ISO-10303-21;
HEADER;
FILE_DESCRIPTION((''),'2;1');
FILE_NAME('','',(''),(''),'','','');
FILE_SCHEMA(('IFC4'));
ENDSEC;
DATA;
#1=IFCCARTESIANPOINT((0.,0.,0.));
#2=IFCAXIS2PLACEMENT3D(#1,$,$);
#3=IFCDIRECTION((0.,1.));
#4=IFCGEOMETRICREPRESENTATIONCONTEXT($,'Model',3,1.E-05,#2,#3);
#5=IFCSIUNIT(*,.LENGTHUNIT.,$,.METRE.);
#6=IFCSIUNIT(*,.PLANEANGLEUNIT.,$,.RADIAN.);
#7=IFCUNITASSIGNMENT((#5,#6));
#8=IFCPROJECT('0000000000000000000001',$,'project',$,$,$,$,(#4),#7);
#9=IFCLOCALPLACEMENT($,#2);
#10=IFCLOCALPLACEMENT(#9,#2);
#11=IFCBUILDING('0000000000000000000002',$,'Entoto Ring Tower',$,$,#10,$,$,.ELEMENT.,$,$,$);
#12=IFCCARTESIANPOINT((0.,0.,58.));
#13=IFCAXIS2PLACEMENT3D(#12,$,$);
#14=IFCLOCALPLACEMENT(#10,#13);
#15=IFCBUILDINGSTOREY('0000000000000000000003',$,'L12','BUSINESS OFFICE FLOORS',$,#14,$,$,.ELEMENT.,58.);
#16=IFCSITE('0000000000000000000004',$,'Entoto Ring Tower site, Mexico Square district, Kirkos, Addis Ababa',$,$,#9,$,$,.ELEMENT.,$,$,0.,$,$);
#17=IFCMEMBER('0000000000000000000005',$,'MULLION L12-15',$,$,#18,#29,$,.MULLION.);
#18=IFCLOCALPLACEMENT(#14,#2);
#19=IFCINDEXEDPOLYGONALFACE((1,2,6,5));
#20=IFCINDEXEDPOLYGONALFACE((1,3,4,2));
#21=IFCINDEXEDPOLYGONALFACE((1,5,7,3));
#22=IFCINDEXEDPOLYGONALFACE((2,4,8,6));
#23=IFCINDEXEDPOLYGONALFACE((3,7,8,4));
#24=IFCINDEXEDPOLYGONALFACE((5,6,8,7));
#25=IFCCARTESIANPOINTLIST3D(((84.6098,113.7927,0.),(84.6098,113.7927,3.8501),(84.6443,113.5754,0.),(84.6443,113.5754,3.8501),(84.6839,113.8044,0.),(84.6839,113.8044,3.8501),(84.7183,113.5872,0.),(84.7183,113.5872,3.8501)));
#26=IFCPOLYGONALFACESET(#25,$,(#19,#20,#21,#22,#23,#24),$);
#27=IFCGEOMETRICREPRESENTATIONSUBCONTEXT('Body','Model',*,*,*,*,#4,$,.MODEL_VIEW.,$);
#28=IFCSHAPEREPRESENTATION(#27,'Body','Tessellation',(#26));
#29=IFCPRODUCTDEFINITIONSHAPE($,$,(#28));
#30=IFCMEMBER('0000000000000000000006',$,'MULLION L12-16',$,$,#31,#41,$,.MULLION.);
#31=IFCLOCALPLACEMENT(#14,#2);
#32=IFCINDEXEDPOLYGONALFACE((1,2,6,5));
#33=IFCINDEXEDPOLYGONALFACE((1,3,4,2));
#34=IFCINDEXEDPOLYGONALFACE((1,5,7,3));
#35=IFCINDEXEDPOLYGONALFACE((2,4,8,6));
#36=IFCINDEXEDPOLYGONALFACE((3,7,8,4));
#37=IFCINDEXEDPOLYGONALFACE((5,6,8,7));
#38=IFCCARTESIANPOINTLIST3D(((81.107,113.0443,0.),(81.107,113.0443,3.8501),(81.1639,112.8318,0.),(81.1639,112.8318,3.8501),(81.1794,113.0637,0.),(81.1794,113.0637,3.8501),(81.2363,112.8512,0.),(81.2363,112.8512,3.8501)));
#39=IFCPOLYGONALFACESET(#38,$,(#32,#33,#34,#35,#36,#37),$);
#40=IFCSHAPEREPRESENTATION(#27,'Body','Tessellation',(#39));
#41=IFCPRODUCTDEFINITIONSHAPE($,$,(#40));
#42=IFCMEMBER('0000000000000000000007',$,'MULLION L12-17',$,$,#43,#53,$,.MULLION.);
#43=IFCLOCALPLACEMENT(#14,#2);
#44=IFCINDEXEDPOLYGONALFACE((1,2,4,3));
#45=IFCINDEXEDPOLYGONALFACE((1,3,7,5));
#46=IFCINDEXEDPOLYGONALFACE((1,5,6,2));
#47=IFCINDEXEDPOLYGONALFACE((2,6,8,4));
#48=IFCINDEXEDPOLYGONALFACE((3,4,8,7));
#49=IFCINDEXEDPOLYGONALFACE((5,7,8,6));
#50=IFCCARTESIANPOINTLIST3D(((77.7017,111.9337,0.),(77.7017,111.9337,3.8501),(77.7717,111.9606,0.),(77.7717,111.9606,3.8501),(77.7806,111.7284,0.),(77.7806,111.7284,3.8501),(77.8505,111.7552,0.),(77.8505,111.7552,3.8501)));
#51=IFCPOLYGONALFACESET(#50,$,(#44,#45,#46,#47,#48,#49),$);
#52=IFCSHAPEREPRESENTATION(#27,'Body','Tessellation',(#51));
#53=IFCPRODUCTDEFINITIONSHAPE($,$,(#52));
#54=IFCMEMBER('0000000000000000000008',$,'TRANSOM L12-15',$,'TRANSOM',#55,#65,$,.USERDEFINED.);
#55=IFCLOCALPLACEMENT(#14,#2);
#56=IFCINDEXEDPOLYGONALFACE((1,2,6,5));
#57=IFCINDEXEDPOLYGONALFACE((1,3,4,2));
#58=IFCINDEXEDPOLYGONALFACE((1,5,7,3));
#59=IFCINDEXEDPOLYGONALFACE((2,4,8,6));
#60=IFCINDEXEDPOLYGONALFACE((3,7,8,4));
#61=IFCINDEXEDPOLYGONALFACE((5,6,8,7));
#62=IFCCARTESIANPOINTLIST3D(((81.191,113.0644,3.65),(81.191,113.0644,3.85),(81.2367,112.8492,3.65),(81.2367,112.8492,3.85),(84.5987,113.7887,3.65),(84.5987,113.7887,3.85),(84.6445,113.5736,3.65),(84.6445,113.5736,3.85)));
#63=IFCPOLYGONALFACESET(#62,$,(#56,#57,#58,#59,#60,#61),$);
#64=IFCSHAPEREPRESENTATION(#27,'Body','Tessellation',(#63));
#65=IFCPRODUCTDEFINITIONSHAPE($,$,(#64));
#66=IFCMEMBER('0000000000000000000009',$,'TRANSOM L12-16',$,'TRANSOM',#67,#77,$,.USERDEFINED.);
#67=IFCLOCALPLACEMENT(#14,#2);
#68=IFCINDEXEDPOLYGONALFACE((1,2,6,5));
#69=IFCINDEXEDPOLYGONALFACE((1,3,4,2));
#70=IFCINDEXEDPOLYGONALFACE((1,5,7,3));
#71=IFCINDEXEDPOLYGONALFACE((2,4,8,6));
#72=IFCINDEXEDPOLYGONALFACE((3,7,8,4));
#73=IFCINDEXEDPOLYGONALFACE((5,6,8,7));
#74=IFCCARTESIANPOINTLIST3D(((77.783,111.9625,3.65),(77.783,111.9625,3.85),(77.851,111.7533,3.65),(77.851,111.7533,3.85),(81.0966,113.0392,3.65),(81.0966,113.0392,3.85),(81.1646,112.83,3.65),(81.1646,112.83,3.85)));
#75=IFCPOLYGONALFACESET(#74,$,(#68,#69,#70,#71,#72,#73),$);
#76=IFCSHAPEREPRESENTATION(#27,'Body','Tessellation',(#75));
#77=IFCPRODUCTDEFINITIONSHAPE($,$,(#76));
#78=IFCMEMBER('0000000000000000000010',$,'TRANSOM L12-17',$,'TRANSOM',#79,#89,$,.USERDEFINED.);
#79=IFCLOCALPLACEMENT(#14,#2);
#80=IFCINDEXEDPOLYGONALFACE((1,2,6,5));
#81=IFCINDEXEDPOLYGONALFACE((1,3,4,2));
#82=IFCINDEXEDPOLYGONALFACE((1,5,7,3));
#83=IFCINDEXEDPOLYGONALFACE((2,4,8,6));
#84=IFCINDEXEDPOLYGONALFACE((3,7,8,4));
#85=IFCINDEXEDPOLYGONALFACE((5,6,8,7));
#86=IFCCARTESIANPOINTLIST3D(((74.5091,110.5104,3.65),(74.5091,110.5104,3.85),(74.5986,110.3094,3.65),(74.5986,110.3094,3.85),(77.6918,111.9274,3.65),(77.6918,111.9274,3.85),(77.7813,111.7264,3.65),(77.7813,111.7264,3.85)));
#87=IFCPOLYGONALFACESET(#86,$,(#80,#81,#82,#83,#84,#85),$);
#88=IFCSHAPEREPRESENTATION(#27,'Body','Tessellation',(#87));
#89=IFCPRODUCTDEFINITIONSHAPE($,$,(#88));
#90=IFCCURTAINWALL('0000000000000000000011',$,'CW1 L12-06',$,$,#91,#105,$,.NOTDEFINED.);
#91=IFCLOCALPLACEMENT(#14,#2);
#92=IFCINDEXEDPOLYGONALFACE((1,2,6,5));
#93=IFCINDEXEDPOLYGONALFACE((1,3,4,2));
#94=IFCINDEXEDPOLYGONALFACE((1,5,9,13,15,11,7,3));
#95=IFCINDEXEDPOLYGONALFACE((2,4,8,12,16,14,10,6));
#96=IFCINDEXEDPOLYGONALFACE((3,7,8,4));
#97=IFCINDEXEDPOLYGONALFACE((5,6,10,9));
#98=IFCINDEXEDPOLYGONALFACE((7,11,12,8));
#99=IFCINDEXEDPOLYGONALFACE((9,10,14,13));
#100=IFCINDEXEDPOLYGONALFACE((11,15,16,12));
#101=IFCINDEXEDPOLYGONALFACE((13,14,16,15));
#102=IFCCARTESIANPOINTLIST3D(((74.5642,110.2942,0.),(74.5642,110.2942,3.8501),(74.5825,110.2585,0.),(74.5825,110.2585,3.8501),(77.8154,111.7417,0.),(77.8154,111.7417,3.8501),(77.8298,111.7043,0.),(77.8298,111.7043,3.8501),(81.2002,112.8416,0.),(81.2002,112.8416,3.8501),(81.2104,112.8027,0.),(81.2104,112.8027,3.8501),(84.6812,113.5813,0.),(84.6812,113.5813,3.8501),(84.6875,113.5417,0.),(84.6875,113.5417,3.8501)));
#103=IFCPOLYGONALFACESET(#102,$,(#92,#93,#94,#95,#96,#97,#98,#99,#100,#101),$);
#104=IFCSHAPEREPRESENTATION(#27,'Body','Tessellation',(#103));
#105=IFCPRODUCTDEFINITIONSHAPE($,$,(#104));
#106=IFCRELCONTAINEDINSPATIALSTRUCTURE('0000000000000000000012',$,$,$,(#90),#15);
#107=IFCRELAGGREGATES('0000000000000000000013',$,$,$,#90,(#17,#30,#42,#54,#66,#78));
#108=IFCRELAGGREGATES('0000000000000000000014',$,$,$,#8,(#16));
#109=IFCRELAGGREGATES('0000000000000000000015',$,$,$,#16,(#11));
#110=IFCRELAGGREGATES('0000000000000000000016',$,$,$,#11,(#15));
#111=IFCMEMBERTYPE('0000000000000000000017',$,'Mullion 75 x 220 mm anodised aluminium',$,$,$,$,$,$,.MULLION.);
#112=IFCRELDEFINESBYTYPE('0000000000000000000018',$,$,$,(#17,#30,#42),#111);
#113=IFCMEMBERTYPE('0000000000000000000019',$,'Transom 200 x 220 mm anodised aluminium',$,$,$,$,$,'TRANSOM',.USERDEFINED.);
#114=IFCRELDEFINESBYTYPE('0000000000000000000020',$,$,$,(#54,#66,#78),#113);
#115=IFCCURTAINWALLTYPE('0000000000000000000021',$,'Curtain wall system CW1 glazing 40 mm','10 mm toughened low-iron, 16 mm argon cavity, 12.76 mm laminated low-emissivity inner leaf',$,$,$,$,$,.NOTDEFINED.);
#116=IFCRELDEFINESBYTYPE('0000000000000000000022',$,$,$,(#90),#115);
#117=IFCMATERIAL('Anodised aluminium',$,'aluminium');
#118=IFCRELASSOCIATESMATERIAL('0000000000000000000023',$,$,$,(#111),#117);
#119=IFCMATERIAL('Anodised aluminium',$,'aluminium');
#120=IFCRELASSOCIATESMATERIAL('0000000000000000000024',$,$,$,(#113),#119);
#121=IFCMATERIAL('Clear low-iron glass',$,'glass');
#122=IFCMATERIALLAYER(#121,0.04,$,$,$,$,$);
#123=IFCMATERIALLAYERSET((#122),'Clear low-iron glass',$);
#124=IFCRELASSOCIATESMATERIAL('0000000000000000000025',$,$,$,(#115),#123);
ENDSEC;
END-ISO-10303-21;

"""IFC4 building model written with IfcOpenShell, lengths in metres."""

from ifc_helpers import new_model, si_unit, direction, frame, origin, origin_2d, place, context, subcontext, project, spatial, polyline, rectangle, outline, extrude, material, layer, layer_set, material_profile, profile_set, type_object, element, aggregate, save


model = new_model("IFC4")

# Units and contexts
model_context = context("Model", 3, precision=1e-05, world=origin(), true_north=direction((0.0, 1.0)))
body_context = subcontext(model_context, "Body", "Model", "MODEL_VIEW")
ifc_project = project(units=[si_unit("LENGTHUNIT", "METRE"), si_unit("PLANEANGLEUNIT", "RADIAN")], contexts=[model_context])

# Members
ifc_material_1 = material(Name="Anodised aluminium", Category="aluminium")
ifc_material_profile_1 = material_profile(ifc_material_1, rectangle(XDim=0.075, YDim=0.22, at=origin_2d()), Name="Mullion 75 x 220 mm anodised aluminium")
ifc_profile_set_1 = profile_set([ifc_material_profile_1], Name="Anodised aluminium")
member_type_1 = type_object("IfcMemberType", Name="Mullion 75 x 220 mm anodised aluminium", PredefinedType="MULLION", material=ifc_profile_set_1)
site_placement = place(None, origin())
building_placement = place(site_placement, origin())
storey_placement = place(building_placement, frame((0.0, 0.0, 58.0)))
member_1_placement = place(storey_placement, frame((84.6641, 113.6899, 0.0), z_axis=(0.0, 0.0, 1.0), x_axis=(-0.987688, -0.156434, 0.0)))
member_1 = element("IfcMember", 1, at=member_1_placement, type_object=member_type_1, Name="MULLION L12-15", PredefinedType="MULLION", context=body_context, shape_type="SweptSolid", body=[
    extrude(rectangle(XDim=0.075, YDim=0.22, at=origin_2d()), origin(), (0.0, 0.0, 1.0), 3.8501),
])
member_2_placement = place(storey_placement, frame((81.1716, 112.9478, 0.0), z_axis=(0.0, 0.0, 1.0), x_axis=(-0.965926, -0.258819, 0.0)))
member_2 = element("IfcMember", 2, at=member_2_placement, type_object=member_type_1, Name="MULLION L12-16", PredefinedType="MULLION", context=body_context, shape_type="SweptSolid", body=[
    extrude(rectangle(XDim=0.075, YDim=0.22, at=origin_2d()), origin(), (0.0, 0.0, 1.0), 3.8501),
])
member_3_placement = place(storey_placement, frame((77.7761, 111.8445, 0.0), z_axis=(0.0, 0.0, 1.0), x_axis=(-0.93358, -0.358368, 0.0)))
member_3 = element("IfcMember", 3, at=member_3_placement, type_object=member_type_1, Name="MULLION L12-17", PredefinedType="MULLION", context=body_context, shape_type="SweptSolid", body=[
    extrude(rectangle(XDim=0.075, YDim=0.22, at=origin_2d()), origin(), (0.0, 0.0, 1.0), 3.8501),
])
ifc_material_2 = material(Name="Anodised aluminium", Category="aluminium")
ifc_material_profile_2 = material_profile(ifc_material_2, rectangle(XDim=0.22, YDim=0.2, at=origin_2d()), Name="Transom 200 x 220 mm anodised aluminium")
ifc_profile_set_2 = profile_set([ifc_material_profile_2], Name="Anodised aluminium")
member_type_2 = type_object("IfcMemberType", Name="Transom 200 x 220 mm anodised aluminium", ElementType="TRANSOM", PredefinedType="USERDEFINED", material=ifc_profile_set_2)
member_4_placement = place(storey_placement, frame((84.6216, 113.6812, 3.75), z_axis=(-0.978146, -0.207921, 0.0), x_axis=(0.207921, -0.978146, 0.0)))
member_4 = element("IfcMember", 4, at=member_4_placement, type_object=member_type_2, Name="TRANSOM L12-15", ObjectType="TRANSOM", PredefinedType="USERDEFINED", context=body_context, shape_type="SweptSolid", body=[
    extrude(rectangle(XDim=0.22, YDim=0.2, at=origin_2d()), origin(), (0.0, 0.0, 1.0), 3.4839),
])
member_5_placement = place(storey_placement, frame((81.1306, 112.9346, 3.75), z_axis=(-0.951053, -0.309029, 0.0), x_axis=(0.309029, -0.951053, 0.0)))
member_5 = element("IfcMember", 5, at=member_5_placement, type_object=member_type_2, Name="TRANSOM L12-16", ObjectType="TRANSOM", PredefinedType="USERDEFINED", context=body_context, shape_type="SweptSolid", body=[
    extrude(rectangle(XDim=0.22, YDim=0.2, at=origin_2d()), origin(), (0.0, 0.0, 1.0), 3.4841),
])
member_6_placement = place(storey_placement, frame((77.7366, 111.8269, 3.75), z_axis=(-0.913545, -0.406737, 0.0), x_axis=(0.406737, -0.913545, 0.0)))
member_6 = element("IfcMember", 6, at=member_6_placement, type_object=member_type_2, Name="TRANSOM L12-17", ObjectType="TRANSOM", PredefinedType="USERDEFINED", context=body_context, shape_type="SweptSolid", body=[
    extrude(rectangle(XDim=0.22, YDim=0.2, at=origin_2d()), origin(), (0.0, 0.0, 1.0), 3.4839),
])

# Site, building, storey
site = spatial("IfcSite", under=ifc_project, at=site_placement, Name="Entoto Ring Tower site, Mexico Square district, Kirkos, Addis Ababa", CompositionType="ELEMENT", RefElevation=0.0)
building = spatial("IfcBuilding", under=site, at=building_placement, Name="Entoto Ring Tower", CompositionType="ELEMENT")
storey = spatial("IfcBuildingStorey", under=building, at=storey_placement, Name="L12", Description="BUSINESS OFFICE FLOORS", CompositionType="ELEMENT", Elevation=58.0)

# Curtain wall
ifc_material_3 = material(Name="Clear low-iron glass", Category="glass")
ifc_layer = layer(ifc_material_3, 0.04)
ifc_layer_set = layer_set([ifc_layer], Name="Clear low-iron glass")
curtain_wall_type = type_object("IfcCurtainWallType", Name="Curtain wall system CW1 glazing 40 mm", Description="10 mm toughened low-iron, 16 mm argon cavity, 12.76 mm laminated low-emissivity inner leaf", PredefinedType="NOTDEFINED", material=ifc_layer_set)
curtain_wall_1_placement = place(storey_placement, origin())
curtain_wall_1 = element("IfcCurtainWall", 7, at=curtain_wall_1_placement, inside=storey, type_object=curtain_wall_type, Name="CW1 L12-06", PredefinedType="NOTDEFINED", context=body_context, shape_type="SweptSolid", body=[
    extrude(outline(polyline([(84.6812, 113.5813), (81.2002, 112.8416), (77.8154, 111.7417), (74.5642, 110.2942), (74.5825, 110.2585), (77.8298, 111.7043), (81.2104, 112.8027), (84.6875, 113.5417), (84.6812, 113.5813)])), origin(), (0.0, 0.0, 1.0), 3.8501),
])
aggregate(curtain_wall_1, [member_1, member_2, member_3, member_4, member_5, member_6])

save(model, "model.ifc")
